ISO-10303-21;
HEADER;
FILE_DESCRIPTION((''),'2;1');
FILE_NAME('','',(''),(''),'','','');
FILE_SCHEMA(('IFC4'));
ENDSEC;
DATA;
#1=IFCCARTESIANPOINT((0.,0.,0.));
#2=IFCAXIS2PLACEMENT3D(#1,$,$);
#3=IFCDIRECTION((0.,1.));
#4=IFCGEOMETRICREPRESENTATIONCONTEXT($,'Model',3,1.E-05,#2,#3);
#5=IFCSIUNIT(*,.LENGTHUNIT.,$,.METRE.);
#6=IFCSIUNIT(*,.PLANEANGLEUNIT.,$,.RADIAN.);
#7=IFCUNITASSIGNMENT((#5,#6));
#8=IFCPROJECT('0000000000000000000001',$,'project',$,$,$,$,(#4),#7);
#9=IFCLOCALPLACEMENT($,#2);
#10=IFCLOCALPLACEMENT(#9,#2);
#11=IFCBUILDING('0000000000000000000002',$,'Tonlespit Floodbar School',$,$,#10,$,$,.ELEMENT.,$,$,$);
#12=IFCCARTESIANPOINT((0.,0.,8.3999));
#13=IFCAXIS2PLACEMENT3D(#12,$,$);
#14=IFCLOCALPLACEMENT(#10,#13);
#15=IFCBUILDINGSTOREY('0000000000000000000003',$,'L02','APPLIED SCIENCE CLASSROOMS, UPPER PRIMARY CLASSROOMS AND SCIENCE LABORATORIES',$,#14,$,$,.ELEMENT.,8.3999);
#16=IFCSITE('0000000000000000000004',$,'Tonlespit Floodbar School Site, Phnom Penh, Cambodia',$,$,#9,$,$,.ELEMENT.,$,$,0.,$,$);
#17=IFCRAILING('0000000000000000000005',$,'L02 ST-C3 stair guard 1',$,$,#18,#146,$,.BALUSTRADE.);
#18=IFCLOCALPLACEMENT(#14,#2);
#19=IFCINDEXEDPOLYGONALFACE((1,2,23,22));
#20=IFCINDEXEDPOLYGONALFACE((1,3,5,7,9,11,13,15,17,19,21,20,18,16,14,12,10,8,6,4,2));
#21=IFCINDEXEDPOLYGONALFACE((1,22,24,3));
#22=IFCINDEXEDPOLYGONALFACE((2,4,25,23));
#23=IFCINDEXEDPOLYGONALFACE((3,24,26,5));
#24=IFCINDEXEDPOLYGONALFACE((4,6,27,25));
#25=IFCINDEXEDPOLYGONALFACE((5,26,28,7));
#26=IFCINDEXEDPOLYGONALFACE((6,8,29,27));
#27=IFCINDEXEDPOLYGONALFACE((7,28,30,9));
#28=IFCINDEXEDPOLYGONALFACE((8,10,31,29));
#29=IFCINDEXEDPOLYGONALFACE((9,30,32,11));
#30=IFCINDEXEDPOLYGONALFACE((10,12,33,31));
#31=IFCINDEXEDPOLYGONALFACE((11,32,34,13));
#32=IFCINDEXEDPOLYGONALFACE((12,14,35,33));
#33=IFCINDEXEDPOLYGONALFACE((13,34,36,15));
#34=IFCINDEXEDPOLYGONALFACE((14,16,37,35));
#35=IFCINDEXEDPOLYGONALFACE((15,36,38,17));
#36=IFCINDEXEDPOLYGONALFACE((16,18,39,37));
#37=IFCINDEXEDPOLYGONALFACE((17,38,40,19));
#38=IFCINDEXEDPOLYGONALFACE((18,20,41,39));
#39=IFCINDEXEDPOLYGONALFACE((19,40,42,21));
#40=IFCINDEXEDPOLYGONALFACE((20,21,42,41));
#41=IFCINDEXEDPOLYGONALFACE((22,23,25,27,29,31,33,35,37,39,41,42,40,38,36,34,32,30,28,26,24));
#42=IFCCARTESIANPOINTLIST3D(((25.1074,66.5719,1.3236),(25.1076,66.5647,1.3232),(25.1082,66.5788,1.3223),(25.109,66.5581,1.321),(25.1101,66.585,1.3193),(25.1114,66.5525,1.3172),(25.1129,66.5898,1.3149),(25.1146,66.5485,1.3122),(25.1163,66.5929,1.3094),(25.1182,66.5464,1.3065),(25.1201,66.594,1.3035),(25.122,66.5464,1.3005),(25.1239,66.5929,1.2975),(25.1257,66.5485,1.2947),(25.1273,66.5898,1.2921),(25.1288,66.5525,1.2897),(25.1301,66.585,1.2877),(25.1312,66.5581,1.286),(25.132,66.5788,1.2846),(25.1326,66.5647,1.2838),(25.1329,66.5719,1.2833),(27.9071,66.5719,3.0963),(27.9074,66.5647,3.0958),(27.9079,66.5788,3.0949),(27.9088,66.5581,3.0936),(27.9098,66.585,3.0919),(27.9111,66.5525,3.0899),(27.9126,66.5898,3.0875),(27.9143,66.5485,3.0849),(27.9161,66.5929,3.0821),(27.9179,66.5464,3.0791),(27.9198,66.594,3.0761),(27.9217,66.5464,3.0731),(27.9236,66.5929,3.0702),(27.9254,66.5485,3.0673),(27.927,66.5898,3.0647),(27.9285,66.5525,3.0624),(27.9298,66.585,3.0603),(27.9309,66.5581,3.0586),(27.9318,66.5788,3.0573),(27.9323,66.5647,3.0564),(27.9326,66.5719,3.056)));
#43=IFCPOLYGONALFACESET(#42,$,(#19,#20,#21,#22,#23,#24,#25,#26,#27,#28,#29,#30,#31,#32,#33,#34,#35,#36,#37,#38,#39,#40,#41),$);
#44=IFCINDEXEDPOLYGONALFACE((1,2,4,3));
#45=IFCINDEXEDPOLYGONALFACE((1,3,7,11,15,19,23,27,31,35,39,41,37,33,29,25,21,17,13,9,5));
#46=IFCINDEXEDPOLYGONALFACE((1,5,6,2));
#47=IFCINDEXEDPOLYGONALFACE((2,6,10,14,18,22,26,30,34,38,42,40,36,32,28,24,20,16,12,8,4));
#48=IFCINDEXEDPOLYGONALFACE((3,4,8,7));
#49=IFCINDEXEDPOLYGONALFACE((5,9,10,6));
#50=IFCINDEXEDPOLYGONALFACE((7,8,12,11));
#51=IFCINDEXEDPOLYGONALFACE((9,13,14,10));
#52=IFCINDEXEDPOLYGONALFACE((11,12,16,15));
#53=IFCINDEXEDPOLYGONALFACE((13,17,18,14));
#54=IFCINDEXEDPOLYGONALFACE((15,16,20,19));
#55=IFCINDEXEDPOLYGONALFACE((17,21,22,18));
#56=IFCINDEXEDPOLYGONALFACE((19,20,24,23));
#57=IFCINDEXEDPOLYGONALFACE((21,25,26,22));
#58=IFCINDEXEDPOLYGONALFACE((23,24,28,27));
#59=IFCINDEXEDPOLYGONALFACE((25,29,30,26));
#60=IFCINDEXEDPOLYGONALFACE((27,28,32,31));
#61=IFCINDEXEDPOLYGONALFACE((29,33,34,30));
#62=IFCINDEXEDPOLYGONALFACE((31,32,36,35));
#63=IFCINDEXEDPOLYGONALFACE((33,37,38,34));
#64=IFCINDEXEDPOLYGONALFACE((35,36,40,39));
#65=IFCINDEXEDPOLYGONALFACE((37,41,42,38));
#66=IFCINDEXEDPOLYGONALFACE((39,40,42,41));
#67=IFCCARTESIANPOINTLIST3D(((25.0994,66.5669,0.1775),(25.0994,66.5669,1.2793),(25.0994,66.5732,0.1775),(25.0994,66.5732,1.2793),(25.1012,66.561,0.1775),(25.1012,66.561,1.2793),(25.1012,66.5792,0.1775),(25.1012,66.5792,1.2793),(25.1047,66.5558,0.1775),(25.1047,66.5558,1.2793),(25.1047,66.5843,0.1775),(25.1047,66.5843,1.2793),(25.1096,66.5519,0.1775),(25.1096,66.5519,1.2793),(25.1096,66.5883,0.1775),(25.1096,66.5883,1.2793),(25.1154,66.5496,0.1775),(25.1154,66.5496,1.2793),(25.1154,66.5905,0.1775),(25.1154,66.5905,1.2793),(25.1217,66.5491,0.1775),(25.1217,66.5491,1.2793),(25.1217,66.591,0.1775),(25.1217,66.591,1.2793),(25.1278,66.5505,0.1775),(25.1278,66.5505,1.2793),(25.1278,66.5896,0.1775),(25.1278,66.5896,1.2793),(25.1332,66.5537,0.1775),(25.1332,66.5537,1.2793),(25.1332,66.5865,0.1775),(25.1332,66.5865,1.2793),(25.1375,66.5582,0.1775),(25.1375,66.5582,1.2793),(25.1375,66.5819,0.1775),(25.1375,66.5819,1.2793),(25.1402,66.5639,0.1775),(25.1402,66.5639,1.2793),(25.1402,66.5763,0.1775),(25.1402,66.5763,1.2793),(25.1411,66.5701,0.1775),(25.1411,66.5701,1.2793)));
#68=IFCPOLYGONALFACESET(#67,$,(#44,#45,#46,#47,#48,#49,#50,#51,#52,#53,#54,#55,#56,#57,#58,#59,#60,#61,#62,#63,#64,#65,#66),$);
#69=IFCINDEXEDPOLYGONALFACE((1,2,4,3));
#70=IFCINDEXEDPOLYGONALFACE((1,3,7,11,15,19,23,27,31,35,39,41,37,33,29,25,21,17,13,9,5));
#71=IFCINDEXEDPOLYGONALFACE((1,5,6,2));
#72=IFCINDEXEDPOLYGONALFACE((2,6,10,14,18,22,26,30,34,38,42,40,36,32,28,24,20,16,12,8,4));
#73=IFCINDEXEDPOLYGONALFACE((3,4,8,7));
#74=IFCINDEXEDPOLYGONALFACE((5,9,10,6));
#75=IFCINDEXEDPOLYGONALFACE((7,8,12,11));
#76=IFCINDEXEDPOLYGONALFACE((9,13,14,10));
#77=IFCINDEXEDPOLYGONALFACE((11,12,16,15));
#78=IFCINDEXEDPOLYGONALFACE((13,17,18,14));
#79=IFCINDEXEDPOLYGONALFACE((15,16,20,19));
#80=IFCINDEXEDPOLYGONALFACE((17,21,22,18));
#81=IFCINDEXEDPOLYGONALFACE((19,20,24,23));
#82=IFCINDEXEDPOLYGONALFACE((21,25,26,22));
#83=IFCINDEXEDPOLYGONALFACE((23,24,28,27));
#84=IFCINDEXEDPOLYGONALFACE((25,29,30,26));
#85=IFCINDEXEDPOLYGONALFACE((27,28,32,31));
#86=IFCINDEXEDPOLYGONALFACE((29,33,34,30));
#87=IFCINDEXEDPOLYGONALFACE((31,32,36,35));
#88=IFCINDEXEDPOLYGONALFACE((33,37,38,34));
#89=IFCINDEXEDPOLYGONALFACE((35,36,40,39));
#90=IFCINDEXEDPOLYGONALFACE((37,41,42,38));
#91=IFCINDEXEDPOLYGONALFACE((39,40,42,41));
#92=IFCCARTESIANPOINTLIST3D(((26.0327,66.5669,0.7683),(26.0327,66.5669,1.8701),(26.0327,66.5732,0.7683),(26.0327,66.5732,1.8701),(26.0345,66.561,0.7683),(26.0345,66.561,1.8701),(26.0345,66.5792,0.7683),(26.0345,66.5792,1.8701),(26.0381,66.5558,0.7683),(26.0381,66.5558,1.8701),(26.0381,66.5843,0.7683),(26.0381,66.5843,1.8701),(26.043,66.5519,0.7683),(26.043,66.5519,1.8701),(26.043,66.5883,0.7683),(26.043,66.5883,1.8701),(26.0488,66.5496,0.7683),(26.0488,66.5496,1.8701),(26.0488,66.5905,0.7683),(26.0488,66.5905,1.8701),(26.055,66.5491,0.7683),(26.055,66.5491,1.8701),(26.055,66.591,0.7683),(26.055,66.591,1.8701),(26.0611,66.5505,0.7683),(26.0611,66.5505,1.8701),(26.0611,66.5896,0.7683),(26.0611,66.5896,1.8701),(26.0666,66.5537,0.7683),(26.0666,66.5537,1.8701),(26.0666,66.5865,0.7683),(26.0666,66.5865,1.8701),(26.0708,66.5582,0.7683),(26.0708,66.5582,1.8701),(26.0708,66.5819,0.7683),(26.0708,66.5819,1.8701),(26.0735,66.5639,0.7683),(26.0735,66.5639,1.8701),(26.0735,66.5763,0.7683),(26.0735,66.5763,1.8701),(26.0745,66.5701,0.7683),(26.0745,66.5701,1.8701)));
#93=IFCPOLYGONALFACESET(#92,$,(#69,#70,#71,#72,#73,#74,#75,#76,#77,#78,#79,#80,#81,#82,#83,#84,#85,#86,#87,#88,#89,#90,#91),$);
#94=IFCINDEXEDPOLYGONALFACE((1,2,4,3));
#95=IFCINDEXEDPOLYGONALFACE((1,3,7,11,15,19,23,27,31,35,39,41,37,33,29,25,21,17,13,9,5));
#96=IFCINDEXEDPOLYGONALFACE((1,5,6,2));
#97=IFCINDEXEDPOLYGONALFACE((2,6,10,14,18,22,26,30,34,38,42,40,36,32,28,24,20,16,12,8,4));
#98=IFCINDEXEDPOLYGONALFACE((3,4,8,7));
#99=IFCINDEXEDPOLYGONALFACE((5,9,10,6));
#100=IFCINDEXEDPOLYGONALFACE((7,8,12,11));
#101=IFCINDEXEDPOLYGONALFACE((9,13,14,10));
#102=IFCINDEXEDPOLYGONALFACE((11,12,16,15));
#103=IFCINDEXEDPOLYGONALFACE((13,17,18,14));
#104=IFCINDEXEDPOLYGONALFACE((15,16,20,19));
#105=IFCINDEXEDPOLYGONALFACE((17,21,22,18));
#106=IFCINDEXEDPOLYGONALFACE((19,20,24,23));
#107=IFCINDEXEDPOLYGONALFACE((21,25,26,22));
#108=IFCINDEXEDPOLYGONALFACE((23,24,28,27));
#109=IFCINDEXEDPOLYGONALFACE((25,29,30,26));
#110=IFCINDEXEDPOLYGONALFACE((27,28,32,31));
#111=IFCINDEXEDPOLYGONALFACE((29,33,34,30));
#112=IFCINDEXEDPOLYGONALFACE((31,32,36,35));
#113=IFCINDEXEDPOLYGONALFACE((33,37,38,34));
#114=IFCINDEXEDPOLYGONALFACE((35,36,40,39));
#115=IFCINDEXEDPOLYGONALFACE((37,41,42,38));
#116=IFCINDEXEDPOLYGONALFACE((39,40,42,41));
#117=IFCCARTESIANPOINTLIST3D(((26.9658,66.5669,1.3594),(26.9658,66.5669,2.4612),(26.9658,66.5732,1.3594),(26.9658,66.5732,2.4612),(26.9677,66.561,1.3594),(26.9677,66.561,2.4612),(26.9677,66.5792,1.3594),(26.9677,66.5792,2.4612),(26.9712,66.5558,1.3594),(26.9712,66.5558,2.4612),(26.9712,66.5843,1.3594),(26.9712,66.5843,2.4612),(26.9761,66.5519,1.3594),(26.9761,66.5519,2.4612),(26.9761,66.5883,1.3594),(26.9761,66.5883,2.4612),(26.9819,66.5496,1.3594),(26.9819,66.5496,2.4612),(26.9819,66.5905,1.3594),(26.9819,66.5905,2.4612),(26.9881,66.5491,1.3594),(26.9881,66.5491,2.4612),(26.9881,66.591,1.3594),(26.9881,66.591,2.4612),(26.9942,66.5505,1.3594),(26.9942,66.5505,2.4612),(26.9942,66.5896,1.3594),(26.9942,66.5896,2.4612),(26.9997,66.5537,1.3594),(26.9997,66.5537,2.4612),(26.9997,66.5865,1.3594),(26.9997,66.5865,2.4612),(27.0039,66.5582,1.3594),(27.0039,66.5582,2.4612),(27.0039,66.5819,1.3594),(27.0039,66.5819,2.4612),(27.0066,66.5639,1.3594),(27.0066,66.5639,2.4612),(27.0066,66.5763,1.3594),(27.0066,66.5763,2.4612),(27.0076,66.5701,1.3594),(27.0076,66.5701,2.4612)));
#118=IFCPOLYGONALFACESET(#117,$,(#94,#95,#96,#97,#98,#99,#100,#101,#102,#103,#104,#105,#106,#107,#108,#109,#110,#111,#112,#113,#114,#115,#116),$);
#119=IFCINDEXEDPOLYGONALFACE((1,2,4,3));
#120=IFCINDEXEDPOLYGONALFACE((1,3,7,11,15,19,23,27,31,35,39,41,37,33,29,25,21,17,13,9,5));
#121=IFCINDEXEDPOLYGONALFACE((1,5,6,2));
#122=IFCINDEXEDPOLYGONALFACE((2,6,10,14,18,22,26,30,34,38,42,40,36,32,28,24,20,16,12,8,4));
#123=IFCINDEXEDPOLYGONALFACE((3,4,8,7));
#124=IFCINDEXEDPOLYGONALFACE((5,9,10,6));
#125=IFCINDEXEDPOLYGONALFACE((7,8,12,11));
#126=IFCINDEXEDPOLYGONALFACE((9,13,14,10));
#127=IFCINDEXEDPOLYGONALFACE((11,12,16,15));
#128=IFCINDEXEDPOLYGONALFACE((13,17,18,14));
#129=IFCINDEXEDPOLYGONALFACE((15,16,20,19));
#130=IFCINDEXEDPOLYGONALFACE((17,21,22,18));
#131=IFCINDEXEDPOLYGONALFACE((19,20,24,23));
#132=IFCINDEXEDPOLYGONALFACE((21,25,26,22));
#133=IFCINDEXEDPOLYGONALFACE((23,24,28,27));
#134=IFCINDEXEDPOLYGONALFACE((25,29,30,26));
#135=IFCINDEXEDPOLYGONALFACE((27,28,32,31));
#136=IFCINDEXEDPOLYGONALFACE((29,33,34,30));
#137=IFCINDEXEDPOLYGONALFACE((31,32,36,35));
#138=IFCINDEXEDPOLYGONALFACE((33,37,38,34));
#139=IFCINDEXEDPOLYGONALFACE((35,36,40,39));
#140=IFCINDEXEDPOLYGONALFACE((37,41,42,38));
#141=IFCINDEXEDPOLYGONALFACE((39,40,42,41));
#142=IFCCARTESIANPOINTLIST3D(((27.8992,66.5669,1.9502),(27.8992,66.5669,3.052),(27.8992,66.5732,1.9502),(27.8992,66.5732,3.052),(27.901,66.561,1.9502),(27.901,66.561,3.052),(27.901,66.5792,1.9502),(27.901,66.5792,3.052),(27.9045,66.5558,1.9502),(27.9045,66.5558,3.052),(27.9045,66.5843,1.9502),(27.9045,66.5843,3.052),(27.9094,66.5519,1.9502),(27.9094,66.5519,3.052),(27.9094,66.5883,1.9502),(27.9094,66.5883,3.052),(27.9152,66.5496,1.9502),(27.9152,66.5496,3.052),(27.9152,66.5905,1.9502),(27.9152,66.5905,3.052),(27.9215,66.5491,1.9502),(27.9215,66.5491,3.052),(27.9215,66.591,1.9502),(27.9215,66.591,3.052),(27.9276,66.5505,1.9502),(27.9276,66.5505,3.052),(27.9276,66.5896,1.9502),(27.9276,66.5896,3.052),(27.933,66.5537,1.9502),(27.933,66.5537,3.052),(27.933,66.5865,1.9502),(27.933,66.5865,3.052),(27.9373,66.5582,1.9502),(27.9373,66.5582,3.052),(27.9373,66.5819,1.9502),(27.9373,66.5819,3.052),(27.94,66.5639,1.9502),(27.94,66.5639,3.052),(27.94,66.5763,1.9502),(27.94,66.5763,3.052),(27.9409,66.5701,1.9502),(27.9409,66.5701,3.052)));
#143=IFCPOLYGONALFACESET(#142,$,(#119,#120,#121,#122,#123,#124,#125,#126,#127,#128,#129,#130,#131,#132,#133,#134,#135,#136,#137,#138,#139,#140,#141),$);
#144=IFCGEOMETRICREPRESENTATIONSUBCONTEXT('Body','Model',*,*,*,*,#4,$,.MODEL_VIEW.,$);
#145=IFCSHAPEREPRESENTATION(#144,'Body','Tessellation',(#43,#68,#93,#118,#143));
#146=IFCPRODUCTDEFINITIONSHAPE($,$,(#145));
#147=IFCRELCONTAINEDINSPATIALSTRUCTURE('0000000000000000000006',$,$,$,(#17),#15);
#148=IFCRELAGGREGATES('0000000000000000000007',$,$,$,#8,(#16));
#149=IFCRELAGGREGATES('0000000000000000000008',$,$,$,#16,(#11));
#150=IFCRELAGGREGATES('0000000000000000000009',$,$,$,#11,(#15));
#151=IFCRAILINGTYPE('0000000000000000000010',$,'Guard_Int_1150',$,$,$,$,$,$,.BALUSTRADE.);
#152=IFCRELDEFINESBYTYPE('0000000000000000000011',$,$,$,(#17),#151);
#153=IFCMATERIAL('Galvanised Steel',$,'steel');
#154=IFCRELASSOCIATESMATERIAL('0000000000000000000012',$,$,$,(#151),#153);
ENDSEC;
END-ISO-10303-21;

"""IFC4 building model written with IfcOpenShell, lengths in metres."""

from ifc_helpers import new_model, si_unit, direction, frame, origin, origin_2d, place, context, subcontext, project, spatial, circle, extrude, material, type_object, element, save


model = new_model("IFC4")

# Units and contexts
model_context = context("Model", 3, precision=1e-05, world=origin(), true_north=direction((0.0, 1.0)))
body_context = subcontext(model_context, "Body", "Model", "MODEL_VIEW")
ifc_project = project(units=[si_unit("LENGTHUNIT", "METRE"), si_unit("PLANEANGLEUNIT", "RADIAN")], contexts=[model_context])

# Site, building, storey
site_placement = place(None, origin())
site = spatial("IfcSite", under=ifc_project, at=site_placement, Name="Tonlespit Floodbar School Site, Phnom Penh, Cambodia", CompositionType="ELEMENT", RefElevation=0.0)
building_placement = place(site_placement, origin())
building = spatial("IfcBuilding", under=site, at=building_placement, Name="Tonlespit Floodbar School", CompositionType="ELEMENT")
storey_placement = place(building_placement, frame((0.0, 0.0, 8.3999)))
storey = spatial("IfcBuildingStorey", under=building, at=storey_placement, Name="L02", Description="APPLIED SCIENCE CLASSROOMS, UPPER PRIMARY CLASSROOMS AND SCIENCE LABORATORIES", CompositionType="ELEMENT", Elevation=8.3999)

# Railing
ifc_material_1 = material(Name="Galvanised Steel", Category="steel")
railing_type_1 = type_object("IfcRailingType", Name="Guard_Int_1150", PredefinedType="BALUSTRADE", material=ifc_material_1)
railing_1_placement = place(storey_placement, frame((25.1201, 66.5701, 0.1775)))
element("IfcRailing", 1, at=railing_1_placement, inside=storey, type_object=railing_type_1, Name="L02 ST-C3 stair guard 1", PredefinedType="BALUSTRADE", context=body_context, shape_type="SweptSolid", body=[
    extrude(circle(Radius=0.0239, at=origin_2d()), frame((0.0, 0.0, 1.126), z_axis=(0.844888, 0.0, 0.534943), x_axis=(0.0, 1.0, 0.0)), (0.0, 0.0, 1.0), 3.3137),
    extrude(circle(Radius=0.021, at=origin_2d()), origin(), (0.0, 0.0, 1.0), 1.1018),
    extrude(circle(Radius=0.021, at=origin_2d()), frame((0.9333, 0.0, 0.5908)), (0.0, 0.0, 1.0), 1.1018),
    extrude(circle(Radius=0.021, at=origin_2d()), frame((1.8665, 0.0, 1.1819)), (0.0, 0.0, 1.0), 1.1018),
    extrude(circle(Radius=0.021, at=origin_2d()), frame((2.7998, 0.0, 1.7727)), (0.0, 0.0, 1.0), 1.1018),
])

save(model, "model.ifc")
